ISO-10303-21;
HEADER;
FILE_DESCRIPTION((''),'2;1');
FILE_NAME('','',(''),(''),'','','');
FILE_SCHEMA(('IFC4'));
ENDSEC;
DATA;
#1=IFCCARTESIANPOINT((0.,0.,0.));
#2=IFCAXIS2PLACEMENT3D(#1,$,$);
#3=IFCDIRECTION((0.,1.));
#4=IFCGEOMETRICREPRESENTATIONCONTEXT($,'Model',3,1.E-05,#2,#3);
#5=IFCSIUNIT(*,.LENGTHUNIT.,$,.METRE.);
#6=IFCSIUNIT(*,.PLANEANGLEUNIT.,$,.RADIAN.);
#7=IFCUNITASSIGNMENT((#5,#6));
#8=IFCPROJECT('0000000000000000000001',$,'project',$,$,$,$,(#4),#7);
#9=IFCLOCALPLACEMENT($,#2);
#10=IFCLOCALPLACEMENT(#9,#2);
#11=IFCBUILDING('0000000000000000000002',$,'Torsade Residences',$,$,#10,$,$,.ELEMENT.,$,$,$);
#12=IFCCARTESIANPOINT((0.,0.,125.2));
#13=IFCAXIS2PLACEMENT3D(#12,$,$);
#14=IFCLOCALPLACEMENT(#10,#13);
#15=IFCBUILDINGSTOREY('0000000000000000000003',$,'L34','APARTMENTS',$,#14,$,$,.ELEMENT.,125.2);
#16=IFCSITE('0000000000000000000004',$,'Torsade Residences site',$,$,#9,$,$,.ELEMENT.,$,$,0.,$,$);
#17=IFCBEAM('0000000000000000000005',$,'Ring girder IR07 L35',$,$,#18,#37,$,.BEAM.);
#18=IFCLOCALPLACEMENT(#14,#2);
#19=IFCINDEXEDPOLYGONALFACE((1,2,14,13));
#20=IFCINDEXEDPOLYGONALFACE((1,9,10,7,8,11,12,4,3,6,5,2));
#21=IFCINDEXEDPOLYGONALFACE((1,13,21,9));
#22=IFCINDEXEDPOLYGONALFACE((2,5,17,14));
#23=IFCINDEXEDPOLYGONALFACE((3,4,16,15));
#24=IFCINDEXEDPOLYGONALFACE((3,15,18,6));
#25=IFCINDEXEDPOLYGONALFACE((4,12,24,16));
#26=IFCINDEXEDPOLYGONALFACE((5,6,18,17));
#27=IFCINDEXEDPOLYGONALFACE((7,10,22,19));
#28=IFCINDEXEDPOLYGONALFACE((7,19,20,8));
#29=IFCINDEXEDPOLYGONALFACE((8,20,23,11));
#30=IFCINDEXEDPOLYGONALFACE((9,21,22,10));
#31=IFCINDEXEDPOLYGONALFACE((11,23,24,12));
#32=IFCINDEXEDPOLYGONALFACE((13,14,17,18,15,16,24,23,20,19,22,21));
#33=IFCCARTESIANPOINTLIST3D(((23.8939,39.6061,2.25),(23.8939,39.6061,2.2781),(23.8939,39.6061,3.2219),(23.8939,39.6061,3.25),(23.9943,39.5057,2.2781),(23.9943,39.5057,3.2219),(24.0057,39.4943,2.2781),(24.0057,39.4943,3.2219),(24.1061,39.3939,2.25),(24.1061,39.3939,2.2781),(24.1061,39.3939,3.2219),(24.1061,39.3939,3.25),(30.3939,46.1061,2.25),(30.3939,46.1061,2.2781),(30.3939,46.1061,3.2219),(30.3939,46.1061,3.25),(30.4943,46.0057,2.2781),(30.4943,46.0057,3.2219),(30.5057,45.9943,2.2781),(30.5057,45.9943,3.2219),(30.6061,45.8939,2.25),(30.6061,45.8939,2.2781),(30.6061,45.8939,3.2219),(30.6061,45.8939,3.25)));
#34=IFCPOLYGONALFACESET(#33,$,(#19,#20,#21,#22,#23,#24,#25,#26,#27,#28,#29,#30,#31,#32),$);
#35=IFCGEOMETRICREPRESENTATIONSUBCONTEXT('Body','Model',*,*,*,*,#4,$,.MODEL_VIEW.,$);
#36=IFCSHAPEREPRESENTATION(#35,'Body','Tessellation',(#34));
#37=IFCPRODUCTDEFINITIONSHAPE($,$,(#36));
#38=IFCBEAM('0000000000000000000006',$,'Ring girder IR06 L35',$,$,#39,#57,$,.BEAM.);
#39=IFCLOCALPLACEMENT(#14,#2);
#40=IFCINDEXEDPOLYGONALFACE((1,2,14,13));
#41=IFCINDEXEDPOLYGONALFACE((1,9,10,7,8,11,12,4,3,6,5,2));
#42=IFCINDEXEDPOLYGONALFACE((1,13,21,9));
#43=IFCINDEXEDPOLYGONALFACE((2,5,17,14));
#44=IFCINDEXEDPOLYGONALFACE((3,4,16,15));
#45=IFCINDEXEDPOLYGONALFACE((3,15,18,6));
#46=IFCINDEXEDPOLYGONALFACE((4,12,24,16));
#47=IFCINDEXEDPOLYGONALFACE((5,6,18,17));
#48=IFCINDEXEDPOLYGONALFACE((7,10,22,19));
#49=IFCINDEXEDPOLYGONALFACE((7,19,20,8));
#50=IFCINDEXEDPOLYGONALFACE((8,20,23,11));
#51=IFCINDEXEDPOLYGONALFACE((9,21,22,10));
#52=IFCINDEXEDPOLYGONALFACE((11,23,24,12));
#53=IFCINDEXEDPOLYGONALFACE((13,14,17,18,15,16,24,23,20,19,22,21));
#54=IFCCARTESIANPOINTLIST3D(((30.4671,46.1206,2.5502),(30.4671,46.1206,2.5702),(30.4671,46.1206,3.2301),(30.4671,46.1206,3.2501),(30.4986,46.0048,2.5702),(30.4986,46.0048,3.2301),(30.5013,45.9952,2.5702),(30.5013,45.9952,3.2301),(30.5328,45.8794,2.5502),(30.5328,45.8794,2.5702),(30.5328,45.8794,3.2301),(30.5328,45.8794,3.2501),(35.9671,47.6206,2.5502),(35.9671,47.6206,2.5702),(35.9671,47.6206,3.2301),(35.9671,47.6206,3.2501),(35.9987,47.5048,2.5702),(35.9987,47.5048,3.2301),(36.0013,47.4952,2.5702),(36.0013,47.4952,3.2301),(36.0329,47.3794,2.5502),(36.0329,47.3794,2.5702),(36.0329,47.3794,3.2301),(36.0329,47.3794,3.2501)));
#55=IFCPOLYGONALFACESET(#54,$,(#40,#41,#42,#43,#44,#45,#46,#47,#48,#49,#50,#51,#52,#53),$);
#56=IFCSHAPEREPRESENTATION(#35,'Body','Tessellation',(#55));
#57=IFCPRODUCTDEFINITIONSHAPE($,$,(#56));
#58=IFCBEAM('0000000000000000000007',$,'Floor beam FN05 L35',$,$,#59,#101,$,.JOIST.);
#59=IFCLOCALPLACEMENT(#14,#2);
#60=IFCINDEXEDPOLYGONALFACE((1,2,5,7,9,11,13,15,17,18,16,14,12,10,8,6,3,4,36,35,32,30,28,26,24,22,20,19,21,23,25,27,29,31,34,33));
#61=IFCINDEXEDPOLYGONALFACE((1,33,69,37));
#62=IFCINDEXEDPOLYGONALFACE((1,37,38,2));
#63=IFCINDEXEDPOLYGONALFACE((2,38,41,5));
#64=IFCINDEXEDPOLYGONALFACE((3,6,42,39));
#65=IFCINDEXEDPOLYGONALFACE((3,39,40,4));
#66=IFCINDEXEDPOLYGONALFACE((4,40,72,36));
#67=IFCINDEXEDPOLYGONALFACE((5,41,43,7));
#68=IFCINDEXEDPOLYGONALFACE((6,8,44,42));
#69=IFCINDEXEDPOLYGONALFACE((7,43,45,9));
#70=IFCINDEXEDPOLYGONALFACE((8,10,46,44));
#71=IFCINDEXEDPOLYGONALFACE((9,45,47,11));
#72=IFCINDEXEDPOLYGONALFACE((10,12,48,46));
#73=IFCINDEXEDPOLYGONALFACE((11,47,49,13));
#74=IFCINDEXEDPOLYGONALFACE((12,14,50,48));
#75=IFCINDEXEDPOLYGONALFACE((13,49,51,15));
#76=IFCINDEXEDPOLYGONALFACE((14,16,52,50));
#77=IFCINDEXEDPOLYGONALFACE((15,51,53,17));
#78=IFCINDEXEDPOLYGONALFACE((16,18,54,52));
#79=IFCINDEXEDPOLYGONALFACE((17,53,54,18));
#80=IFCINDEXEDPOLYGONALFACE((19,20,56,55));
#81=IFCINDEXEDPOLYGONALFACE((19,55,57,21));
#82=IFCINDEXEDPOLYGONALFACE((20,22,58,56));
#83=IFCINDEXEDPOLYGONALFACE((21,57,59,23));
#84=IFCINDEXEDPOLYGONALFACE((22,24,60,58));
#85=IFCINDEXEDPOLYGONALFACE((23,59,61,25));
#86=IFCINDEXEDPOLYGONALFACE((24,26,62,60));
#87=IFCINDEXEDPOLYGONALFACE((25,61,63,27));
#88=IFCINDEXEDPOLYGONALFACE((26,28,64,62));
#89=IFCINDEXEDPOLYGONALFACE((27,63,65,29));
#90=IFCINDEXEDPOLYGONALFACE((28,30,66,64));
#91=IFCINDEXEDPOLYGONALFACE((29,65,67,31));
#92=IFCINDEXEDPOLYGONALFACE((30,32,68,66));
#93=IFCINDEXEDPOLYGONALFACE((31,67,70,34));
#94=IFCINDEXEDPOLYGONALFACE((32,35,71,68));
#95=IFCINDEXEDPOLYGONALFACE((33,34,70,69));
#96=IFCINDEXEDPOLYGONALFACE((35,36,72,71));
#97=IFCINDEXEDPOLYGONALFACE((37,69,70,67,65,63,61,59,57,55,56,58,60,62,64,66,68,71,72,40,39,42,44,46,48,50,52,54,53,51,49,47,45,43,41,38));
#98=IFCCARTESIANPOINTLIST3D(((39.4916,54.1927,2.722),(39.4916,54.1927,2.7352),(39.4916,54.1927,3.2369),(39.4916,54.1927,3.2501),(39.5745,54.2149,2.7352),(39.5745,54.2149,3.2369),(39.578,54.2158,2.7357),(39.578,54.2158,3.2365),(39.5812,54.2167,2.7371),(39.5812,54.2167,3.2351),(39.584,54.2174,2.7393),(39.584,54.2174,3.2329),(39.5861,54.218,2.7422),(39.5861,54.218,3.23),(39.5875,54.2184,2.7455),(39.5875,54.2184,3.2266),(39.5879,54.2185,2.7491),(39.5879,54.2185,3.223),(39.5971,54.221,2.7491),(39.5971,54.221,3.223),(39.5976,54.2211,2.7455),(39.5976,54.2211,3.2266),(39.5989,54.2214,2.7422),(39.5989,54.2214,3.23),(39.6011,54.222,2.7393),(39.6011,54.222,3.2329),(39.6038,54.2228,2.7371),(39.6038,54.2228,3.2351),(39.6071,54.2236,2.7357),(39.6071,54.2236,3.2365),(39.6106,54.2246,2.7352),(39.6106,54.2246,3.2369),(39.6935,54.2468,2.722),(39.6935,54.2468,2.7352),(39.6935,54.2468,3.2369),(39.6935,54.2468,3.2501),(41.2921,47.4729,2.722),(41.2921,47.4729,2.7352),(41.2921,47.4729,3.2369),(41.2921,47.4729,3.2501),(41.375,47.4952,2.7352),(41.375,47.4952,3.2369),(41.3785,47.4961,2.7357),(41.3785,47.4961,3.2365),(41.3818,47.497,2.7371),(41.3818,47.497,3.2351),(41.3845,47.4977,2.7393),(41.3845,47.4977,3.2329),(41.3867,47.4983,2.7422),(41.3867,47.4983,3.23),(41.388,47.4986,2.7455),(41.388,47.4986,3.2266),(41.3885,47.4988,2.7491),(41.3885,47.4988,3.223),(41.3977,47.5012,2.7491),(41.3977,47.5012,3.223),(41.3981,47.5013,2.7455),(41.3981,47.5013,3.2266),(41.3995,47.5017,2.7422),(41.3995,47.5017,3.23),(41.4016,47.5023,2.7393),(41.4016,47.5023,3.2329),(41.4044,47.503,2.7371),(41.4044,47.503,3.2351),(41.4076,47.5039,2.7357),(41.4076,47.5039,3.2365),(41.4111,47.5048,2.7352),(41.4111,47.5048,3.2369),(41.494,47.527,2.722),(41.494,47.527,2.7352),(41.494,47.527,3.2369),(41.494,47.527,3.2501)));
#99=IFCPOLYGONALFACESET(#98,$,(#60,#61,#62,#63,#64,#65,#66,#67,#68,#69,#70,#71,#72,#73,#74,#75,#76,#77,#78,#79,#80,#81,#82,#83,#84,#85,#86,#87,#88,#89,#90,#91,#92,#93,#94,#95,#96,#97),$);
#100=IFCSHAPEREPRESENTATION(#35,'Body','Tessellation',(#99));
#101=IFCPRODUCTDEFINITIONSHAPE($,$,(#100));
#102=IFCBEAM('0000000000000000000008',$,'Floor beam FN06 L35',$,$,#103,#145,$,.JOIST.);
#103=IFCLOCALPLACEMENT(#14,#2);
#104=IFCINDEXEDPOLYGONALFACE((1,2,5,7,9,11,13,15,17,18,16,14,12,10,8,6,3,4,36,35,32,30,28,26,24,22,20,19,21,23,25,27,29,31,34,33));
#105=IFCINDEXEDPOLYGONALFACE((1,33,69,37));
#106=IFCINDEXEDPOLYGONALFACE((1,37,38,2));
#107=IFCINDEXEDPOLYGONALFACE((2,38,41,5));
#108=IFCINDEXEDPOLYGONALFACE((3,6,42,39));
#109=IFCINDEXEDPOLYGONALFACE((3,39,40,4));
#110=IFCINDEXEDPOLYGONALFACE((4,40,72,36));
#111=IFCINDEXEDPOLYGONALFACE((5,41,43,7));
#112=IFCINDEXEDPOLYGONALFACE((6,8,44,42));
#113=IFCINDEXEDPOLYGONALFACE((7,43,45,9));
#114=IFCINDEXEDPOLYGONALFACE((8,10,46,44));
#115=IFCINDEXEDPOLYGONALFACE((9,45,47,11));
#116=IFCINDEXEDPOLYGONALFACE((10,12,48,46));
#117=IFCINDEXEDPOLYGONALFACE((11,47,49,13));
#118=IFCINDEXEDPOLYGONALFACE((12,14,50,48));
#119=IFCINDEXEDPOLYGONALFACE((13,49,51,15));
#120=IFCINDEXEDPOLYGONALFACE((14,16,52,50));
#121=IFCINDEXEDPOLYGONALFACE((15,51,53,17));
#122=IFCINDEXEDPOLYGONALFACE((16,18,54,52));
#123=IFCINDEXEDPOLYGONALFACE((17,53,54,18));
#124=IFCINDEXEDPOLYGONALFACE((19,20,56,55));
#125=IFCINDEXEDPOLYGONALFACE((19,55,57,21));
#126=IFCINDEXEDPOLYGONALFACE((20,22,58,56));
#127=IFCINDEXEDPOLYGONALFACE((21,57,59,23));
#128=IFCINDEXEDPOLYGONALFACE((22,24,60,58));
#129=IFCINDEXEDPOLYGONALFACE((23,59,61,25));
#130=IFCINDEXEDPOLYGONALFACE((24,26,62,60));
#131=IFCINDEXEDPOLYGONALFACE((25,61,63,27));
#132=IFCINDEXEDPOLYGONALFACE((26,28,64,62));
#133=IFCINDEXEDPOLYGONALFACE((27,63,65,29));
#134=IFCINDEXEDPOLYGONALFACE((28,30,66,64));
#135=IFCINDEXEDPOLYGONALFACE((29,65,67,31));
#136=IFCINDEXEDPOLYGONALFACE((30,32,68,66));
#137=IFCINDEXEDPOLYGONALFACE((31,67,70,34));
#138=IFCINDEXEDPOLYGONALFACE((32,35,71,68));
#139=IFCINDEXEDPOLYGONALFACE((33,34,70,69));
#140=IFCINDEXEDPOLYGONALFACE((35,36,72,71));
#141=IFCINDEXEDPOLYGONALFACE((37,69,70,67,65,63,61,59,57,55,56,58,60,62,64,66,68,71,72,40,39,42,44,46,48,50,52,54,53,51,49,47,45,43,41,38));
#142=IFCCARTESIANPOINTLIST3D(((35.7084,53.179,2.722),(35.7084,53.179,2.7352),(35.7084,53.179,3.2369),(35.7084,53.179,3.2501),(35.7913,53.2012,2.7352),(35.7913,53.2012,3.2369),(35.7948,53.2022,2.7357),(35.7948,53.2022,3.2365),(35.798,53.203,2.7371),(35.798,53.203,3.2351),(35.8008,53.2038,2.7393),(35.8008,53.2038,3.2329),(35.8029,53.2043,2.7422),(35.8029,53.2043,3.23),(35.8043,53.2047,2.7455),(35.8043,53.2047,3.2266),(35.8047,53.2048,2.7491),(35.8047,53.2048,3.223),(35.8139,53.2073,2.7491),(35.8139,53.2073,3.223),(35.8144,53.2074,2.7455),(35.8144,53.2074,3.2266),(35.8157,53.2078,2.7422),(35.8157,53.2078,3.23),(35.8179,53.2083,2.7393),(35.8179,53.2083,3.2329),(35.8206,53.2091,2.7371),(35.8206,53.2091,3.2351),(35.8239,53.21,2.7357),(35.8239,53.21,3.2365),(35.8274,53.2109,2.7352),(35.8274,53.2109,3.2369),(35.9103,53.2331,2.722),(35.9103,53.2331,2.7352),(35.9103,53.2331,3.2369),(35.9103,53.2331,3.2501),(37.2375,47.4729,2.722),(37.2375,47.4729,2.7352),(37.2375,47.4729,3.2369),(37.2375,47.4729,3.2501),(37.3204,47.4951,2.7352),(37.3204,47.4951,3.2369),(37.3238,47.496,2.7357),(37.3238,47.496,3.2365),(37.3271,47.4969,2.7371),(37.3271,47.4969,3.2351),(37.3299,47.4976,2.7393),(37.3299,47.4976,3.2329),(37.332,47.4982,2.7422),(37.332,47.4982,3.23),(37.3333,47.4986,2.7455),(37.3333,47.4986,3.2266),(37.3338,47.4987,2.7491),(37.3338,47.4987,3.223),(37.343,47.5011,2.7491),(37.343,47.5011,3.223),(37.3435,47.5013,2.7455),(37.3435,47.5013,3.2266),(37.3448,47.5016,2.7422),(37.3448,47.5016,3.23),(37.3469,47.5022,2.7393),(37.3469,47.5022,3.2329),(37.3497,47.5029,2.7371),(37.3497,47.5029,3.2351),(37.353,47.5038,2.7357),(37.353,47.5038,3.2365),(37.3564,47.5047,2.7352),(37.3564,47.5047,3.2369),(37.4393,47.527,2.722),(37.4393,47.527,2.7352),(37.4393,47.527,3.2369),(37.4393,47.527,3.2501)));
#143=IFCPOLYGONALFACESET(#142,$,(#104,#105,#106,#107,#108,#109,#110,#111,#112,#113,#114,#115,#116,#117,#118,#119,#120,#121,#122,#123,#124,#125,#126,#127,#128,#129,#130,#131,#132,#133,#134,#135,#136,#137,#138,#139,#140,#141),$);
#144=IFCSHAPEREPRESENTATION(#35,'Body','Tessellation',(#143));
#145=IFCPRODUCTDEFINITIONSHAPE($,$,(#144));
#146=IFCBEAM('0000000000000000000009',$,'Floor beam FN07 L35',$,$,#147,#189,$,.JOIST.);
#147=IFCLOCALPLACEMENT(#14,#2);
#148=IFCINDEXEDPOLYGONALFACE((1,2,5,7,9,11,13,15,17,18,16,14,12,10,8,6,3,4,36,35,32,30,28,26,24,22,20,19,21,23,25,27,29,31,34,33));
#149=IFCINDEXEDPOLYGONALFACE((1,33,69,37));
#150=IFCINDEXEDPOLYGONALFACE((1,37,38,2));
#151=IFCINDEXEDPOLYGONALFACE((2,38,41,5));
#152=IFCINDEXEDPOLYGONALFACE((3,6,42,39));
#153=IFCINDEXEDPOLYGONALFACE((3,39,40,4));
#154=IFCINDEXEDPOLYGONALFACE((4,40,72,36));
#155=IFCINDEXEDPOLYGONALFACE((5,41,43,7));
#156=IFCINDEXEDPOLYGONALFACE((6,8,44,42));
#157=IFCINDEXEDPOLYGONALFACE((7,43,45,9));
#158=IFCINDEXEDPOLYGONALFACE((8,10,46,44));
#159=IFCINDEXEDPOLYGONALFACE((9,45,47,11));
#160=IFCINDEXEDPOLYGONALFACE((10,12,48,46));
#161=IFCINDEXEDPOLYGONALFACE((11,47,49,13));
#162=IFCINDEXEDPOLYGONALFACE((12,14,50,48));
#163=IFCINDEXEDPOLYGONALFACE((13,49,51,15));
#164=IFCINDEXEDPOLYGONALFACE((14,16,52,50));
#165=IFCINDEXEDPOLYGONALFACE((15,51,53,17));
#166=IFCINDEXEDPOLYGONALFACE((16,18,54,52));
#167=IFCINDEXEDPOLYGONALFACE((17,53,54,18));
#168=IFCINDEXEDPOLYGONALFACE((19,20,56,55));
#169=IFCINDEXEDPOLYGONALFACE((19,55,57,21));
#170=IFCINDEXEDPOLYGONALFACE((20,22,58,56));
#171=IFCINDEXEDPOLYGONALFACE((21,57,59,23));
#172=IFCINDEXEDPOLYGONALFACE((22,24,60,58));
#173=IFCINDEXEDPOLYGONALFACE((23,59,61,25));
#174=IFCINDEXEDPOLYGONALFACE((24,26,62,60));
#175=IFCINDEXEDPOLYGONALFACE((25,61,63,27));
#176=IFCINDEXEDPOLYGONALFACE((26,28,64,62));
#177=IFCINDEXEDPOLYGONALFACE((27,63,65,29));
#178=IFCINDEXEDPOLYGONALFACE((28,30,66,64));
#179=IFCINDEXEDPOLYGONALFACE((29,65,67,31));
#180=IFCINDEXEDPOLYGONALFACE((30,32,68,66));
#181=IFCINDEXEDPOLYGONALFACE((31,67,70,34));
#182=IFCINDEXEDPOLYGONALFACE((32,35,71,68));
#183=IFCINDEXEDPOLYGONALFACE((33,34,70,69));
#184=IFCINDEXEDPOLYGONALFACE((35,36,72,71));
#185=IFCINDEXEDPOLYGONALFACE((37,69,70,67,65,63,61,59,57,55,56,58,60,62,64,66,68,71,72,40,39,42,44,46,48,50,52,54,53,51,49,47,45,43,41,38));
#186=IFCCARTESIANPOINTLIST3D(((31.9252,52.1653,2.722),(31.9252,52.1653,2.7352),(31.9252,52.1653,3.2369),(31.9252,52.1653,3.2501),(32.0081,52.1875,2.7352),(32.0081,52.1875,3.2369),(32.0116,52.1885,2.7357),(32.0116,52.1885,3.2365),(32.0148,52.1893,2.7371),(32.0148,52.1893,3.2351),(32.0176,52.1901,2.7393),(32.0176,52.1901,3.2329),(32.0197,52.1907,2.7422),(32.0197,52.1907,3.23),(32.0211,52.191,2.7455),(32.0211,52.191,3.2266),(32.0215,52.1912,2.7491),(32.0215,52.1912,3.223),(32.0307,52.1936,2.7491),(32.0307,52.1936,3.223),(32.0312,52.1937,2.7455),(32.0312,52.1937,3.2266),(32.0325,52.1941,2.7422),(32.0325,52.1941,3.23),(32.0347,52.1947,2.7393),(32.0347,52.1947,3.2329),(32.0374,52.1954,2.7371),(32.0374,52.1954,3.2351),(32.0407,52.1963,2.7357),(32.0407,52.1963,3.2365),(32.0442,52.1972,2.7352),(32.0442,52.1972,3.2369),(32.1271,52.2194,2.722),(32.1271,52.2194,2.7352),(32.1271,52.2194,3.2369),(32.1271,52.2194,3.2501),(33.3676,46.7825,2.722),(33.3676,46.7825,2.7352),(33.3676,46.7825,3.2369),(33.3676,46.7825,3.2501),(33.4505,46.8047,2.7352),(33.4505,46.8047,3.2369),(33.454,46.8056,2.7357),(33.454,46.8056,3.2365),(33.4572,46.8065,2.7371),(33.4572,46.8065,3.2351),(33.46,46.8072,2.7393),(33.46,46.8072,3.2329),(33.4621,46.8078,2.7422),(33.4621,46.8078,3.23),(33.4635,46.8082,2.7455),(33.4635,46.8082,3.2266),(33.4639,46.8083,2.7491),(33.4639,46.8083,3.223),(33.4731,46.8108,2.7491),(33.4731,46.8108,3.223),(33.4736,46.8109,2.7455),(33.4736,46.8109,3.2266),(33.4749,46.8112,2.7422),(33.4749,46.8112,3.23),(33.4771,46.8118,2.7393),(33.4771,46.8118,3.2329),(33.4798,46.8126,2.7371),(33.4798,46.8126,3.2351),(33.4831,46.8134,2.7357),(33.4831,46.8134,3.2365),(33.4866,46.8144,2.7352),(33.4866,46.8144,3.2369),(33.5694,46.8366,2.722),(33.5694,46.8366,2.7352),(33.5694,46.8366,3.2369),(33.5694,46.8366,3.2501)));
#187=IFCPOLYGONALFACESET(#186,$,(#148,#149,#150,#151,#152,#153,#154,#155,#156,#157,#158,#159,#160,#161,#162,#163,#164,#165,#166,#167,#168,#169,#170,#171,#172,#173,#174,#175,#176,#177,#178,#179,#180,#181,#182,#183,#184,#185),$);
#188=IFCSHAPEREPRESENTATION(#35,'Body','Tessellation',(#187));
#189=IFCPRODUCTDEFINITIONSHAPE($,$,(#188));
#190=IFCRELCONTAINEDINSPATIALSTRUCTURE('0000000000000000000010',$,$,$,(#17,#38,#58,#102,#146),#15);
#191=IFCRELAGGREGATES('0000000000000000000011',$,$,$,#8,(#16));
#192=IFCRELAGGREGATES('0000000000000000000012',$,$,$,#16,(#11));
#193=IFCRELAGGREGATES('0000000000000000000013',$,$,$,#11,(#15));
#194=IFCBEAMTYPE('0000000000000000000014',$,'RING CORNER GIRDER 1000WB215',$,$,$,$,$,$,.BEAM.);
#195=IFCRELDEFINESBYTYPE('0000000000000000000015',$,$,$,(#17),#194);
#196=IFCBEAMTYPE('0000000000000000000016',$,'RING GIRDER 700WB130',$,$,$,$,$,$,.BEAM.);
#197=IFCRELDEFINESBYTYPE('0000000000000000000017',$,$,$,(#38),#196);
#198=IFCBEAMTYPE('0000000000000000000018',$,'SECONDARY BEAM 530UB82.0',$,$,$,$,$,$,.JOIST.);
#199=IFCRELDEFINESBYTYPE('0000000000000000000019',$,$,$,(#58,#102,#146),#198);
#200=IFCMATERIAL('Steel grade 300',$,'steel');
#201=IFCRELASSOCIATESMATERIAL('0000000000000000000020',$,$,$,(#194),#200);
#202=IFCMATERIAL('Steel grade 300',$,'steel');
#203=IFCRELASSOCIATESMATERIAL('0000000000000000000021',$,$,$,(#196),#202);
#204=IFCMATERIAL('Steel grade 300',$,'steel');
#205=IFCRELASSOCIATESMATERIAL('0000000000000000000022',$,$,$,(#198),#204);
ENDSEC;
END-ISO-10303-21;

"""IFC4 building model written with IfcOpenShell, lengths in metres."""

from ifc_helpers import new_model, si_unit, direction, frame, origin, origin_2d, place, context, subcontext, project, spatial, i_section, extrude, material, material_profile, profile_set, type_object, element, save


model = new_model("IFC4")

# Units and contexts
model_context = context("Model", 3, precision=1e-05, world=origin(), true_north=direction((0.0, 1.0)))
body_context = subcontext(model_context, "Body", "Model", "MODEL_VIEW")
ifc_project = project(units=[si_unit("LENGTHUNIT", "METRE"), si_unit("PLANEANGLEUNIT", "RADIAN")], contexts=[model_context])

# Site, building, storey
site_placement = place(None, origin())
site = spatial("IfcSite", under=ifc_project, at=site_placement, Name="Torsade Residences site", CompositionType="ELEMENT", RefElevation=0.0)
building_placement = place(site_placement, origin())
building = spatial("IfcBuilding", under=site, at=building_placement, Name="Torsade Residences", CompositionType="ELEMENT")
storey_placement = place(building_placement, frame((0.0, 0.0, 125.2)))
storey = spatial("IfcBuildingStorey", under=building, at=storey_placement, Name="L34", Description="APARTMENTS", CompositionType="ELEMENT", Elevation=125.2)

# Beams
ifc_material_1 = material(Name="Steel grade 300", Category="steel")
ifc_material_profile_1 = material_profile(ifc_material_1, i_section(OverallWidth=0.3, OverallDepth=1.0, WebThickness=0.0161, FlangeThickness=0.0281, at=origin_2d()), Name="1000WB215")
ifc_profile_set_1 = profile_set([ifc_material_profile_1], Name="Steel grade 300")
beam_type_1 = type_object("IfcBeamType", Name="RING CORNER GIRDER 1000WB215", PredefinedType="BEAM", material=ifc_profile_set_1)
beam_1_placement = place(storey_placement, frame((30.5, 46.0, 2.75), z_axis=(-0.707107, -0.707107, 0.0), x_axis=(0.707107, -0.707107, 0.0)))
element("IfcBeam", 1, at=beam_1_placement, inside=storey, type_object=beam_type_1, Name="Ring girder IR07 L35", PredefinedType="BEAM", context=body_context, shape_type="SweptSolid", body=[
    extrude(i_section(OverallWidth=0.3, OverallDepth=1.0, WebThickness=0.0161, FlangeThickness=0.0281, at=origin_2d()), origin(), (0.0, 0.0, 1.0), 9.1924),
])
ifc_material_2 = material(Name="Steel grade 300", Category="steel")
ifc_material_profile_2 = material_profile(ifc_material_2, i_section(OverallWidth=0.25, OverallDepth=0.7, WebThickness=0.01, FlangeThickness=0.02, at=origin_2d()), Name="700WB130")
ifc_profile_set_2 = profile_set([ifc_material_profile_2], Name="Steel grade 300")
beam_type_2 = type_object("IfcBeamType", Name="RING GIRDER 700WB130", PredefinedType="BEAM", material=ifc_profile_set_2)
beam_2_placement = place(storey_placement, frame((36.0, 47.5, 2.9001), z_axis=(-0.964764, -0.263117, 0.0), x_axis=(0.263117, -0.964764, 0.0)))
element("IfcBeam", 2, at=beam_2_placement, inside=storey, type_object=beam_type_2, Name="Ring girder IR06 L35", PredefinedType="BEAM", context=body_context, shape_type="SweptSolid", body=[
    extrude(i_section(OverallWidth=0.25, OverallDepth=0.7, WebThickness=0.01, FlangeThickness=0.02, at=origin_2d()), origin(), (0.0, 0.0, 1.0), 5.7009),
])
ifc_material_3 = material(Name="Steel grade 300", Category="steel")
ifc_material_profile_3 = material_profile(ifc_material_3, i_section(OverallWidth=0.209, OverallDepth=0.5281, WebThickness=0.0095, FlangeThickness=0.0132, FilletRadius=0.0139, at=origin_2d()), Name="530UB82.0")
ifc_profile_set_3 = profile_set([ifc_material_profile_3], Name="Steel grade 300")
beam_type_3 = type_object("IfcBeamType", Name="SECONDARY BEAM 530UB82.0", PredefinedType="JOIST", material=ifc_profile_set_3)
beam_3_placement = place(storey_placement, frame((39.5925, 54.2197, 2.9861), z_axis=(0.258818, -0.965926, 0.0), x_axis=(0.965926, 0.258818, 0.0)))
element("IfcBeam", 3, at=beam_3_placement, inside=storey, type_object=beam_type_3, Name="Floor beam FN05 L35", PredefinedType="JOIST", context=body_context, shape_type="SweptSolid", body=[
    extrude(i_section(OverallWidth=0.209, OverallDepth=0.5281, WebThickness=0.0095, FlangeThickness=0.0132, FilletRadius=0.0139, at=origin_2d()), origin(), (0.0, 0.0, 1.0), 6.9568),
])
beam_4_placement = place(storey_placement, frame((35.8093, 53.2061, 2.9861), z_axis=(0.258838, -0.965921, 0.0), x_axis=(0.965921, 0.258838, 0.0)))
element("IfcBeam", 4, at=beam_4_placement, inside=storey, type_object=beam_type_3, Name="Floor beam FN06 L35", PredefinedType="JOIST", context=body_context, shape_type="SweptSolid", body=[
    extrude(i_section(OverallWidth=0.209, OverallDepth=0.5281, WebThickness=0.0095, FlangeThickness=0.0132, FilletRadius=0.0139, at=origin_2d()), origin(), (0.0, 0.0, 1.0), 5.9075),
])
beam_5_placement = place(storey_placement, frame((32.0261, 52.1924, 2.9861), z_axis=(0.25883, -0.965923, 0.0), x_axis=(0.965923, 0.25883, 0.0)))
element("IfcBeam", 5, at=beam_5_placement, inside=storey, type_object=beam_type_3, Name="Floor beam FN07 L35", PredefinedType="JOIST", context=body_context, shape_type="SweptSolid", body=[
    extrude(i_section(OverallWidth=0.209, OverallDepth=0.5281, WebThickness=0.0095, FlangeThickness=0.0132, FilletRadius=0.0139, at=origin_2d()), origin(), (0.0, 0.0, 1.0), 5.5728),
])

save(model, "model.ifc")
